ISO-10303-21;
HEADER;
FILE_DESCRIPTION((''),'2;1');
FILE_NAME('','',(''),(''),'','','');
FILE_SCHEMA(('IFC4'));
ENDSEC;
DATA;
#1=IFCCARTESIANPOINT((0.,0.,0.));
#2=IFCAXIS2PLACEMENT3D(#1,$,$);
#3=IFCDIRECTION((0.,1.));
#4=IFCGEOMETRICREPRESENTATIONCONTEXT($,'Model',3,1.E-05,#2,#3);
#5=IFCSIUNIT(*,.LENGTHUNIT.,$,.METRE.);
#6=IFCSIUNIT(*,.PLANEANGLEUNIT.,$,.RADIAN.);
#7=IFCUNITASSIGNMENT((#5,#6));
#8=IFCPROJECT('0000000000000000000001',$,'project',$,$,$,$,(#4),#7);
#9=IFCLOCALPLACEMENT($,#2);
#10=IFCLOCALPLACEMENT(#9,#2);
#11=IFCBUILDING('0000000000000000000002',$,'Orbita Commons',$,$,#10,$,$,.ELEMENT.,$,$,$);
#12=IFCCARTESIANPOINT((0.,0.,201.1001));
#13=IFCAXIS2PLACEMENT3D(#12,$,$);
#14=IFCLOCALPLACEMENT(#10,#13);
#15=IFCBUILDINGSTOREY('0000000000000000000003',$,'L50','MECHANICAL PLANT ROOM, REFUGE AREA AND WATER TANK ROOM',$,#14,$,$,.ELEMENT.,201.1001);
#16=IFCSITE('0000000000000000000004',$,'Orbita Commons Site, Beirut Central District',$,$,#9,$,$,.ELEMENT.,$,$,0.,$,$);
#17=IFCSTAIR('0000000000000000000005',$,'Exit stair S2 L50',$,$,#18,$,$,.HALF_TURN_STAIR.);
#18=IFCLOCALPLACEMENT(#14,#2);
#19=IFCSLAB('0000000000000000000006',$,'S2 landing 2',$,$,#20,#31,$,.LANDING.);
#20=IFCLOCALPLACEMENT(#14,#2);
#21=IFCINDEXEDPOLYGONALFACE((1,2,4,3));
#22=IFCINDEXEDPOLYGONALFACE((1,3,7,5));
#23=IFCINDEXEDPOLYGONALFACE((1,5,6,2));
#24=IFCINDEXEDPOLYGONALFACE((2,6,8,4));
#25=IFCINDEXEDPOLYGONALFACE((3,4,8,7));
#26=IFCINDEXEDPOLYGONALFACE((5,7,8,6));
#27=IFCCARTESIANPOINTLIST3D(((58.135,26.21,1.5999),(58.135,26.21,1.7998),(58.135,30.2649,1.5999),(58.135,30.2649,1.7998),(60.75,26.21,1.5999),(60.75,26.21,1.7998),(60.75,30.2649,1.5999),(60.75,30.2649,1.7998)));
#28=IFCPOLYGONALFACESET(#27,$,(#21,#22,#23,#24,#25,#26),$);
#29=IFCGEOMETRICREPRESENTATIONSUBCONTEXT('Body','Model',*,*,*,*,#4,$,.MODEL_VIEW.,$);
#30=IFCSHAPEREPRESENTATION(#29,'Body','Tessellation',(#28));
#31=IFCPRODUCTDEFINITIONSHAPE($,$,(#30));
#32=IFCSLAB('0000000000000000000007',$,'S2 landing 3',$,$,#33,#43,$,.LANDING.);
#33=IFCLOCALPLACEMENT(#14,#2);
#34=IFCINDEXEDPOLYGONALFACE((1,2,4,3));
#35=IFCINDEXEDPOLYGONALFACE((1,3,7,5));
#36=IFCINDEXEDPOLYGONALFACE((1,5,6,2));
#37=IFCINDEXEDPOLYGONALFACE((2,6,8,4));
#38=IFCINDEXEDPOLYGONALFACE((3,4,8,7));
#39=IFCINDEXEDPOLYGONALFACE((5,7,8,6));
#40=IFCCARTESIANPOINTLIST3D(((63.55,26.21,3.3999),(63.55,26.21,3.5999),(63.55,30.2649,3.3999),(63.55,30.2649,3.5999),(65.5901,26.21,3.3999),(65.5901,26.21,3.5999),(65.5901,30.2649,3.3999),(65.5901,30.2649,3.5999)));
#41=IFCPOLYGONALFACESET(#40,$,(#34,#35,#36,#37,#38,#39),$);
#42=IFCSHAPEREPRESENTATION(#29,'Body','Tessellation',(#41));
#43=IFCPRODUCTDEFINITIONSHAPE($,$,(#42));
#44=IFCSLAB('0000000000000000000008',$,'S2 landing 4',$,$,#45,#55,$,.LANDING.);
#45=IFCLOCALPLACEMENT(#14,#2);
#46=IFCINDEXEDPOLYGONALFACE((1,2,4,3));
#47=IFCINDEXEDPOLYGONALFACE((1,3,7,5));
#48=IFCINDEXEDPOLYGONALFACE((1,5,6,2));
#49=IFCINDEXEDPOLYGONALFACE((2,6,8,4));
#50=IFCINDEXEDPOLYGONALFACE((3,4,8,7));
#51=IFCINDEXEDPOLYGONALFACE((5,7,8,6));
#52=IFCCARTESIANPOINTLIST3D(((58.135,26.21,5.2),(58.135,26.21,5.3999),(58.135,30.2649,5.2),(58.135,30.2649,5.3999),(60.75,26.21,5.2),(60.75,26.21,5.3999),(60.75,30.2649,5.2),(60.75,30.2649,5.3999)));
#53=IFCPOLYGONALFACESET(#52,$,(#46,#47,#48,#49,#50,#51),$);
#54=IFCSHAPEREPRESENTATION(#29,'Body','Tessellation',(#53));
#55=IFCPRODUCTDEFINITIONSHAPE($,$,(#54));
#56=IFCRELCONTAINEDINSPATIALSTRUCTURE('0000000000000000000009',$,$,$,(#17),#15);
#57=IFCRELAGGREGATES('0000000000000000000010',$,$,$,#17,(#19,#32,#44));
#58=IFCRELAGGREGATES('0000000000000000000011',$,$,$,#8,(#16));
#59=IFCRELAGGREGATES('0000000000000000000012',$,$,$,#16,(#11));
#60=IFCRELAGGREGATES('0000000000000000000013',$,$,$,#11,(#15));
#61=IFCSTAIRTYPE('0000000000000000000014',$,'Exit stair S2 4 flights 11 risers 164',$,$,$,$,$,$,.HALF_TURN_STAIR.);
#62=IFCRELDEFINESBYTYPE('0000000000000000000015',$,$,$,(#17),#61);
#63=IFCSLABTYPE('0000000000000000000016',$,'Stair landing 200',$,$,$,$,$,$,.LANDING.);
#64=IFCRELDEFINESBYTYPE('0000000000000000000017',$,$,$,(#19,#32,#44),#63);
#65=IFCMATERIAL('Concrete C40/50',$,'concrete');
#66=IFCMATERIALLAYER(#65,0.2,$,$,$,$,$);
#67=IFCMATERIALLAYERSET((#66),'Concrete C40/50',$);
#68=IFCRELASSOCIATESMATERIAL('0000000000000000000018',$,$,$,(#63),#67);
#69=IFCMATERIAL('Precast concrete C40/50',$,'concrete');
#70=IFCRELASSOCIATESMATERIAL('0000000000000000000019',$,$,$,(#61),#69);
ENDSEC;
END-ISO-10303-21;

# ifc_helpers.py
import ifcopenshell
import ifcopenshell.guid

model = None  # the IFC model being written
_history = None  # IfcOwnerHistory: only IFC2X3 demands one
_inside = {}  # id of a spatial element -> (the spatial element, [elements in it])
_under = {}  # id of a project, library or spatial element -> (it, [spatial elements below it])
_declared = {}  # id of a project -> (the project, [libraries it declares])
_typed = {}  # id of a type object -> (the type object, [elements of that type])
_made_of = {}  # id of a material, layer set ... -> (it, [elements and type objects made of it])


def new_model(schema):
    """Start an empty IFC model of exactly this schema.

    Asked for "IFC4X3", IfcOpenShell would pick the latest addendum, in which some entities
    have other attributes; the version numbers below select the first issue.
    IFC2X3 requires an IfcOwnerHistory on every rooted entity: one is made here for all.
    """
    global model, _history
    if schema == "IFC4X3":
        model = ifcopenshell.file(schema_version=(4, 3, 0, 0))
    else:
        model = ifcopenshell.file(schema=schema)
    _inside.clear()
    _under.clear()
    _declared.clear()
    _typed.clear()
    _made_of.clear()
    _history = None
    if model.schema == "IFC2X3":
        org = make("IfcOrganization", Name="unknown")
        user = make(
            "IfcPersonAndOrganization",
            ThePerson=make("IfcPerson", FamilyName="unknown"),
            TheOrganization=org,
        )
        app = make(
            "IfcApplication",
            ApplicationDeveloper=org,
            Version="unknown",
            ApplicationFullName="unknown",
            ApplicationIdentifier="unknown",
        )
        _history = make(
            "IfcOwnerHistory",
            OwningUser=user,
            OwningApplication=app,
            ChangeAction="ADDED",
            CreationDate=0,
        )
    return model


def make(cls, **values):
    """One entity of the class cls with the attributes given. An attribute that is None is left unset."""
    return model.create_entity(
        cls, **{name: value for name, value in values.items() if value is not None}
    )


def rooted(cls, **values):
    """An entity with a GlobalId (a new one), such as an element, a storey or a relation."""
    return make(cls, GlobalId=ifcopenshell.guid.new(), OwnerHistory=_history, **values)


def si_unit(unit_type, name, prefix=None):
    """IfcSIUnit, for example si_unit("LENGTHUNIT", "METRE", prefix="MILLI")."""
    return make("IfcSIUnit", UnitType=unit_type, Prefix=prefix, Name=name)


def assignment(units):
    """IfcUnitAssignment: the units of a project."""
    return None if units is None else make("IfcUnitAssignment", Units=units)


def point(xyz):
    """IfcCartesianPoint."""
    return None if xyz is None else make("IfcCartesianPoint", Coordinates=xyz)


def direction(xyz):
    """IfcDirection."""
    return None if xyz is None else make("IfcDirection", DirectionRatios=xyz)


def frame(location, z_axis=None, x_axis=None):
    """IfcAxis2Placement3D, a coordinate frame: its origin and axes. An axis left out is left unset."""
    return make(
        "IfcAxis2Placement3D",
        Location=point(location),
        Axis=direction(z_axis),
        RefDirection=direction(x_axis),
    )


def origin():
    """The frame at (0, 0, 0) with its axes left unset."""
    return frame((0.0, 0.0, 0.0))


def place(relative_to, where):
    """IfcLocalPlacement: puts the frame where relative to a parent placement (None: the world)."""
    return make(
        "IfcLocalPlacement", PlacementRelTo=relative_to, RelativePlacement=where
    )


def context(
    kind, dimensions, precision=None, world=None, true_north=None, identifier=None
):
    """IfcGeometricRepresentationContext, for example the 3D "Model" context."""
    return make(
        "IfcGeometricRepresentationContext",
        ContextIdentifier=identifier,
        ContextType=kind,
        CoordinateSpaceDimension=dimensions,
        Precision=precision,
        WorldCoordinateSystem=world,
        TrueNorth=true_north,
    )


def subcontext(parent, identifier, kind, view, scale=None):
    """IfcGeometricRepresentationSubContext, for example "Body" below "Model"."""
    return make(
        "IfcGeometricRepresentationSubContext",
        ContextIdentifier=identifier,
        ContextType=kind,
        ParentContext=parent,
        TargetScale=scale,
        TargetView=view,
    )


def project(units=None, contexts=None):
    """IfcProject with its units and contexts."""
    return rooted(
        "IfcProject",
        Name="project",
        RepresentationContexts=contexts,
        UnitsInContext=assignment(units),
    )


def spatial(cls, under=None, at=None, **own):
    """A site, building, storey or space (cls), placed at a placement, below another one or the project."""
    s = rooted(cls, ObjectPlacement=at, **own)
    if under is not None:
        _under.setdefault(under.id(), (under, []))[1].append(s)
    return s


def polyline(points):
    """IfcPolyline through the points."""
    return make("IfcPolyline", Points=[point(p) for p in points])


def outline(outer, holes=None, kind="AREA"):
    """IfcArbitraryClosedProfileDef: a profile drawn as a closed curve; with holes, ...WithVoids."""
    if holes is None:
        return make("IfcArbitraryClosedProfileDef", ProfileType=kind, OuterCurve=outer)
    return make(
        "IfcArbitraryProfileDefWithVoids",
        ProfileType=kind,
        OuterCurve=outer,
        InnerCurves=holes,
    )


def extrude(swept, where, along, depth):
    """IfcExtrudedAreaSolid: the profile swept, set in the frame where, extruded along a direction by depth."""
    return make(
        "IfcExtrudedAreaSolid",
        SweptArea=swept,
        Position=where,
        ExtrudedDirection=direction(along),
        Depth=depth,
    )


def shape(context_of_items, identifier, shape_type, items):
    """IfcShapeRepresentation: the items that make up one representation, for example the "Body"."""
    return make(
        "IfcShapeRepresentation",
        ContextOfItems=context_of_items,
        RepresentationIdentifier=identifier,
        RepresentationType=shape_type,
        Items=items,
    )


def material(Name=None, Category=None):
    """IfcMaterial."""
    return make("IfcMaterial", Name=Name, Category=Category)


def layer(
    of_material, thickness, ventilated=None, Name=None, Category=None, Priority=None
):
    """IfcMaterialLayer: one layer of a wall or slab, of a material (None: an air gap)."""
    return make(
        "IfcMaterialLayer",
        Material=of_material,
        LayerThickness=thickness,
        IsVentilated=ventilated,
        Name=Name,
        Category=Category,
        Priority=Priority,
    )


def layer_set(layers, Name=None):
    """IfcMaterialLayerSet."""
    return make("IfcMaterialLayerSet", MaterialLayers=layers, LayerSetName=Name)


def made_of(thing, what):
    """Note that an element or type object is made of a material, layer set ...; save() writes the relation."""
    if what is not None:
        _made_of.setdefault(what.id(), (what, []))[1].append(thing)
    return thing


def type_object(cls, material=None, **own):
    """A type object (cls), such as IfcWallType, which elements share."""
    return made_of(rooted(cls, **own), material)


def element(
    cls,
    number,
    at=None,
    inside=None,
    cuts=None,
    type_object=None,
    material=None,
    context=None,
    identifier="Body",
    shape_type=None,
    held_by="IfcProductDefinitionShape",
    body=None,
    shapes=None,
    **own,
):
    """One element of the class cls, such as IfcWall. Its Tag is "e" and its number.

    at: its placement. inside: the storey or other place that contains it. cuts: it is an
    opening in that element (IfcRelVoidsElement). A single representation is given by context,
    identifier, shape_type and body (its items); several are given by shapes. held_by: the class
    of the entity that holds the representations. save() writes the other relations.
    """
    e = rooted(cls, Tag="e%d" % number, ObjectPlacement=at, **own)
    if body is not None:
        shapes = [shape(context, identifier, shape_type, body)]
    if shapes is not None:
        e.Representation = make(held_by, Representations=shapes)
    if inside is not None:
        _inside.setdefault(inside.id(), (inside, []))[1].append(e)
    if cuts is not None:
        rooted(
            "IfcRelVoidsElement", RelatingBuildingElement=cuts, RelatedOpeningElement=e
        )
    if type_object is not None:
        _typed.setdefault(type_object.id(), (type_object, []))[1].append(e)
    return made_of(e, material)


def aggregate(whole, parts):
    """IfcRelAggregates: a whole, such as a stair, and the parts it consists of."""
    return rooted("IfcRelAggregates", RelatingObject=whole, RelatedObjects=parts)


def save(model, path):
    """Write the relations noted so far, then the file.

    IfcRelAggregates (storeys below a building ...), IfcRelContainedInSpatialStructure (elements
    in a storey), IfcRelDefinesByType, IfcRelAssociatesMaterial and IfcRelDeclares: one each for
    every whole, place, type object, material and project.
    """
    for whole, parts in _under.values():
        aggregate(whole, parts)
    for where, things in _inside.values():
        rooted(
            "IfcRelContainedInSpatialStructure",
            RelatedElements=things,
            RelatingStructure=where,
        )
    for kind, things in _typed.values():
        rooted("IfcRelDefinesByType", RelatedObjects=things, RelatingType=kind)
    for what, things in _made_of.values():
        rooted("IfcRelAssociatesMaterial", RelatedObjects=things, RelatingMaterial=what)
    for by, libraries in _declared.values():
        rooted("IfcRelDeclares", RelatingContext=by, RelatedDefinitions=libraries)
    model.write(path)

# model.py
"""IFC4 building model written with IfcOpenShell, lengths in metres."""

from ifc_helpers import new_model, si_unit, direction, frame, origin, place, context, subcontext, project, spatial, polyline, outline, extrude, material, layer, layer_set, type_object, element, aggregate, save


model = new_model("IFC4")

# Units and contexts
model_context = context("Model", 3, precision=1e-05, world=origin(), true_north=direction((0.0, 1.0)))
body_context = subcontext(model_context, "Body", "Model", "MODEL_VIEW")
ifc_project = project(units=[si_unit("LENGTHUNIT", "METRE"), si_unit("PLANEANGLEUNIT", "RADIAN")], contexts=[model_context])

# Site, building, storey
site_placement = place(None, origin())
site = spatial("IfcSite", under=ifc_project, at=site_placement, Name="Orbita Commons Site, Beirut Central District", CompositionType="ELEMENT", RefElevation=0.0)
building_placement = place(site_placement, origin())
building = spatial("IfcBuilding", under=site, at=building_placement, Name="Orbita Commons", CompositionType="ELEMENT")
storey_placement = place(building_placement, frame((0.0, 0.0, 201.1001)))
storey = spatial("IfcBuildingStorey", under=building, at=storey_placement, Name="L50", Description="MECHANICAL PLANT ROOM, REFUGE AREA AND WATER TANK ROOM", CompositionType="ELEMENT", Elevation=201.1001)

# Stair, slabs
ifc_material_1 = material(Name="Concrete C40/50", Category="concrete")
ifc_layer_1 = layer(ifc_material_1, 0.2)
ifc_layer_set_1 = layer_set([ifc_layer_1], Name="Concrete C40/50")
slab_type_1 = type_object("IfcSlabType", Name="Stair landing 200", PredefinedType="LANDING", material=ifc_layer_set_1)
ifc_material_2 = material(Name="Precast concrete C40/50", Category="concrete")
stair_type_1 = type_object("IfcStairType", Name="Exit stair S2 4 flights 11 risers 164", PredefinedType="HALF_TURN_STAIR", material=ifc_material_2)
stair_1_placement = place(storey_placement, origin())
stair_1 = element("IfcStair", 1, at=stair_1_placement, inside=storey, type_object=stair_type_1, Name="Exit stair S2 L50", PredefinedType="HALF_TURN_STAIR")
slab_1_placement = place(storey_placement, frame((0.0, 0.0, 1.5999)))
slab_1 = element("IfcSlab", 2, at=slab_1_placement, type_object=slab_type_1, Name="S2 landing 2", PredefinedType="LANDING", context=body_context, shape_type="SweptSolid", body=[
    extrude(outline(polyline([(58.135, 26.21), (60.75, 26.21), (60.75, 30.2649), (58.135, 30.2649), (58.135, 26.21)])), origin(), (0.0, 0.0, 1.0), 0.2),
])
slab_2_placement = place(storey_placement, frame((0.0, 0.0, 3.3999)))
slab_2 = element("IfcSlab", 3, at=slab_2_placement, type_object=slab_type_1, Name="S2 landing 3", PredefinedType="LANDING", context=body_context, shape_type="SweptSolid", body=[
    extrude(outline(polyline([(63.55, 26.21), (65.5901, 26.21), (65.5901, 30.2649), (63.55, 30.2649), (63.55, 26.21)])), origin(), (0.0, 0.0, 1.0), 0.2),
])
slab_3_placement = place(storey_placement, frame((0.0, 0.0, 5.2)))
slab_3 = element("IfcSlab", 4, at=slab_3_placement, type_object=slab_type_1, Name="S2 landing 4", PredefinedType="LANDING", context=body_context, shape_type="SweptSolid", body=[
    extrude(outline(polyline([(58.135, 26.21), (60.75, 26.21), (60.75, 30.2649), (58.135, 30.2649), (58.135, 26.21)])), origin(), (0.0, 0.0, 1.0), 0.2),
])
aggregate(stair_1, [slab_1, slab_2, slab_3])

save(model, "model.ifc")
